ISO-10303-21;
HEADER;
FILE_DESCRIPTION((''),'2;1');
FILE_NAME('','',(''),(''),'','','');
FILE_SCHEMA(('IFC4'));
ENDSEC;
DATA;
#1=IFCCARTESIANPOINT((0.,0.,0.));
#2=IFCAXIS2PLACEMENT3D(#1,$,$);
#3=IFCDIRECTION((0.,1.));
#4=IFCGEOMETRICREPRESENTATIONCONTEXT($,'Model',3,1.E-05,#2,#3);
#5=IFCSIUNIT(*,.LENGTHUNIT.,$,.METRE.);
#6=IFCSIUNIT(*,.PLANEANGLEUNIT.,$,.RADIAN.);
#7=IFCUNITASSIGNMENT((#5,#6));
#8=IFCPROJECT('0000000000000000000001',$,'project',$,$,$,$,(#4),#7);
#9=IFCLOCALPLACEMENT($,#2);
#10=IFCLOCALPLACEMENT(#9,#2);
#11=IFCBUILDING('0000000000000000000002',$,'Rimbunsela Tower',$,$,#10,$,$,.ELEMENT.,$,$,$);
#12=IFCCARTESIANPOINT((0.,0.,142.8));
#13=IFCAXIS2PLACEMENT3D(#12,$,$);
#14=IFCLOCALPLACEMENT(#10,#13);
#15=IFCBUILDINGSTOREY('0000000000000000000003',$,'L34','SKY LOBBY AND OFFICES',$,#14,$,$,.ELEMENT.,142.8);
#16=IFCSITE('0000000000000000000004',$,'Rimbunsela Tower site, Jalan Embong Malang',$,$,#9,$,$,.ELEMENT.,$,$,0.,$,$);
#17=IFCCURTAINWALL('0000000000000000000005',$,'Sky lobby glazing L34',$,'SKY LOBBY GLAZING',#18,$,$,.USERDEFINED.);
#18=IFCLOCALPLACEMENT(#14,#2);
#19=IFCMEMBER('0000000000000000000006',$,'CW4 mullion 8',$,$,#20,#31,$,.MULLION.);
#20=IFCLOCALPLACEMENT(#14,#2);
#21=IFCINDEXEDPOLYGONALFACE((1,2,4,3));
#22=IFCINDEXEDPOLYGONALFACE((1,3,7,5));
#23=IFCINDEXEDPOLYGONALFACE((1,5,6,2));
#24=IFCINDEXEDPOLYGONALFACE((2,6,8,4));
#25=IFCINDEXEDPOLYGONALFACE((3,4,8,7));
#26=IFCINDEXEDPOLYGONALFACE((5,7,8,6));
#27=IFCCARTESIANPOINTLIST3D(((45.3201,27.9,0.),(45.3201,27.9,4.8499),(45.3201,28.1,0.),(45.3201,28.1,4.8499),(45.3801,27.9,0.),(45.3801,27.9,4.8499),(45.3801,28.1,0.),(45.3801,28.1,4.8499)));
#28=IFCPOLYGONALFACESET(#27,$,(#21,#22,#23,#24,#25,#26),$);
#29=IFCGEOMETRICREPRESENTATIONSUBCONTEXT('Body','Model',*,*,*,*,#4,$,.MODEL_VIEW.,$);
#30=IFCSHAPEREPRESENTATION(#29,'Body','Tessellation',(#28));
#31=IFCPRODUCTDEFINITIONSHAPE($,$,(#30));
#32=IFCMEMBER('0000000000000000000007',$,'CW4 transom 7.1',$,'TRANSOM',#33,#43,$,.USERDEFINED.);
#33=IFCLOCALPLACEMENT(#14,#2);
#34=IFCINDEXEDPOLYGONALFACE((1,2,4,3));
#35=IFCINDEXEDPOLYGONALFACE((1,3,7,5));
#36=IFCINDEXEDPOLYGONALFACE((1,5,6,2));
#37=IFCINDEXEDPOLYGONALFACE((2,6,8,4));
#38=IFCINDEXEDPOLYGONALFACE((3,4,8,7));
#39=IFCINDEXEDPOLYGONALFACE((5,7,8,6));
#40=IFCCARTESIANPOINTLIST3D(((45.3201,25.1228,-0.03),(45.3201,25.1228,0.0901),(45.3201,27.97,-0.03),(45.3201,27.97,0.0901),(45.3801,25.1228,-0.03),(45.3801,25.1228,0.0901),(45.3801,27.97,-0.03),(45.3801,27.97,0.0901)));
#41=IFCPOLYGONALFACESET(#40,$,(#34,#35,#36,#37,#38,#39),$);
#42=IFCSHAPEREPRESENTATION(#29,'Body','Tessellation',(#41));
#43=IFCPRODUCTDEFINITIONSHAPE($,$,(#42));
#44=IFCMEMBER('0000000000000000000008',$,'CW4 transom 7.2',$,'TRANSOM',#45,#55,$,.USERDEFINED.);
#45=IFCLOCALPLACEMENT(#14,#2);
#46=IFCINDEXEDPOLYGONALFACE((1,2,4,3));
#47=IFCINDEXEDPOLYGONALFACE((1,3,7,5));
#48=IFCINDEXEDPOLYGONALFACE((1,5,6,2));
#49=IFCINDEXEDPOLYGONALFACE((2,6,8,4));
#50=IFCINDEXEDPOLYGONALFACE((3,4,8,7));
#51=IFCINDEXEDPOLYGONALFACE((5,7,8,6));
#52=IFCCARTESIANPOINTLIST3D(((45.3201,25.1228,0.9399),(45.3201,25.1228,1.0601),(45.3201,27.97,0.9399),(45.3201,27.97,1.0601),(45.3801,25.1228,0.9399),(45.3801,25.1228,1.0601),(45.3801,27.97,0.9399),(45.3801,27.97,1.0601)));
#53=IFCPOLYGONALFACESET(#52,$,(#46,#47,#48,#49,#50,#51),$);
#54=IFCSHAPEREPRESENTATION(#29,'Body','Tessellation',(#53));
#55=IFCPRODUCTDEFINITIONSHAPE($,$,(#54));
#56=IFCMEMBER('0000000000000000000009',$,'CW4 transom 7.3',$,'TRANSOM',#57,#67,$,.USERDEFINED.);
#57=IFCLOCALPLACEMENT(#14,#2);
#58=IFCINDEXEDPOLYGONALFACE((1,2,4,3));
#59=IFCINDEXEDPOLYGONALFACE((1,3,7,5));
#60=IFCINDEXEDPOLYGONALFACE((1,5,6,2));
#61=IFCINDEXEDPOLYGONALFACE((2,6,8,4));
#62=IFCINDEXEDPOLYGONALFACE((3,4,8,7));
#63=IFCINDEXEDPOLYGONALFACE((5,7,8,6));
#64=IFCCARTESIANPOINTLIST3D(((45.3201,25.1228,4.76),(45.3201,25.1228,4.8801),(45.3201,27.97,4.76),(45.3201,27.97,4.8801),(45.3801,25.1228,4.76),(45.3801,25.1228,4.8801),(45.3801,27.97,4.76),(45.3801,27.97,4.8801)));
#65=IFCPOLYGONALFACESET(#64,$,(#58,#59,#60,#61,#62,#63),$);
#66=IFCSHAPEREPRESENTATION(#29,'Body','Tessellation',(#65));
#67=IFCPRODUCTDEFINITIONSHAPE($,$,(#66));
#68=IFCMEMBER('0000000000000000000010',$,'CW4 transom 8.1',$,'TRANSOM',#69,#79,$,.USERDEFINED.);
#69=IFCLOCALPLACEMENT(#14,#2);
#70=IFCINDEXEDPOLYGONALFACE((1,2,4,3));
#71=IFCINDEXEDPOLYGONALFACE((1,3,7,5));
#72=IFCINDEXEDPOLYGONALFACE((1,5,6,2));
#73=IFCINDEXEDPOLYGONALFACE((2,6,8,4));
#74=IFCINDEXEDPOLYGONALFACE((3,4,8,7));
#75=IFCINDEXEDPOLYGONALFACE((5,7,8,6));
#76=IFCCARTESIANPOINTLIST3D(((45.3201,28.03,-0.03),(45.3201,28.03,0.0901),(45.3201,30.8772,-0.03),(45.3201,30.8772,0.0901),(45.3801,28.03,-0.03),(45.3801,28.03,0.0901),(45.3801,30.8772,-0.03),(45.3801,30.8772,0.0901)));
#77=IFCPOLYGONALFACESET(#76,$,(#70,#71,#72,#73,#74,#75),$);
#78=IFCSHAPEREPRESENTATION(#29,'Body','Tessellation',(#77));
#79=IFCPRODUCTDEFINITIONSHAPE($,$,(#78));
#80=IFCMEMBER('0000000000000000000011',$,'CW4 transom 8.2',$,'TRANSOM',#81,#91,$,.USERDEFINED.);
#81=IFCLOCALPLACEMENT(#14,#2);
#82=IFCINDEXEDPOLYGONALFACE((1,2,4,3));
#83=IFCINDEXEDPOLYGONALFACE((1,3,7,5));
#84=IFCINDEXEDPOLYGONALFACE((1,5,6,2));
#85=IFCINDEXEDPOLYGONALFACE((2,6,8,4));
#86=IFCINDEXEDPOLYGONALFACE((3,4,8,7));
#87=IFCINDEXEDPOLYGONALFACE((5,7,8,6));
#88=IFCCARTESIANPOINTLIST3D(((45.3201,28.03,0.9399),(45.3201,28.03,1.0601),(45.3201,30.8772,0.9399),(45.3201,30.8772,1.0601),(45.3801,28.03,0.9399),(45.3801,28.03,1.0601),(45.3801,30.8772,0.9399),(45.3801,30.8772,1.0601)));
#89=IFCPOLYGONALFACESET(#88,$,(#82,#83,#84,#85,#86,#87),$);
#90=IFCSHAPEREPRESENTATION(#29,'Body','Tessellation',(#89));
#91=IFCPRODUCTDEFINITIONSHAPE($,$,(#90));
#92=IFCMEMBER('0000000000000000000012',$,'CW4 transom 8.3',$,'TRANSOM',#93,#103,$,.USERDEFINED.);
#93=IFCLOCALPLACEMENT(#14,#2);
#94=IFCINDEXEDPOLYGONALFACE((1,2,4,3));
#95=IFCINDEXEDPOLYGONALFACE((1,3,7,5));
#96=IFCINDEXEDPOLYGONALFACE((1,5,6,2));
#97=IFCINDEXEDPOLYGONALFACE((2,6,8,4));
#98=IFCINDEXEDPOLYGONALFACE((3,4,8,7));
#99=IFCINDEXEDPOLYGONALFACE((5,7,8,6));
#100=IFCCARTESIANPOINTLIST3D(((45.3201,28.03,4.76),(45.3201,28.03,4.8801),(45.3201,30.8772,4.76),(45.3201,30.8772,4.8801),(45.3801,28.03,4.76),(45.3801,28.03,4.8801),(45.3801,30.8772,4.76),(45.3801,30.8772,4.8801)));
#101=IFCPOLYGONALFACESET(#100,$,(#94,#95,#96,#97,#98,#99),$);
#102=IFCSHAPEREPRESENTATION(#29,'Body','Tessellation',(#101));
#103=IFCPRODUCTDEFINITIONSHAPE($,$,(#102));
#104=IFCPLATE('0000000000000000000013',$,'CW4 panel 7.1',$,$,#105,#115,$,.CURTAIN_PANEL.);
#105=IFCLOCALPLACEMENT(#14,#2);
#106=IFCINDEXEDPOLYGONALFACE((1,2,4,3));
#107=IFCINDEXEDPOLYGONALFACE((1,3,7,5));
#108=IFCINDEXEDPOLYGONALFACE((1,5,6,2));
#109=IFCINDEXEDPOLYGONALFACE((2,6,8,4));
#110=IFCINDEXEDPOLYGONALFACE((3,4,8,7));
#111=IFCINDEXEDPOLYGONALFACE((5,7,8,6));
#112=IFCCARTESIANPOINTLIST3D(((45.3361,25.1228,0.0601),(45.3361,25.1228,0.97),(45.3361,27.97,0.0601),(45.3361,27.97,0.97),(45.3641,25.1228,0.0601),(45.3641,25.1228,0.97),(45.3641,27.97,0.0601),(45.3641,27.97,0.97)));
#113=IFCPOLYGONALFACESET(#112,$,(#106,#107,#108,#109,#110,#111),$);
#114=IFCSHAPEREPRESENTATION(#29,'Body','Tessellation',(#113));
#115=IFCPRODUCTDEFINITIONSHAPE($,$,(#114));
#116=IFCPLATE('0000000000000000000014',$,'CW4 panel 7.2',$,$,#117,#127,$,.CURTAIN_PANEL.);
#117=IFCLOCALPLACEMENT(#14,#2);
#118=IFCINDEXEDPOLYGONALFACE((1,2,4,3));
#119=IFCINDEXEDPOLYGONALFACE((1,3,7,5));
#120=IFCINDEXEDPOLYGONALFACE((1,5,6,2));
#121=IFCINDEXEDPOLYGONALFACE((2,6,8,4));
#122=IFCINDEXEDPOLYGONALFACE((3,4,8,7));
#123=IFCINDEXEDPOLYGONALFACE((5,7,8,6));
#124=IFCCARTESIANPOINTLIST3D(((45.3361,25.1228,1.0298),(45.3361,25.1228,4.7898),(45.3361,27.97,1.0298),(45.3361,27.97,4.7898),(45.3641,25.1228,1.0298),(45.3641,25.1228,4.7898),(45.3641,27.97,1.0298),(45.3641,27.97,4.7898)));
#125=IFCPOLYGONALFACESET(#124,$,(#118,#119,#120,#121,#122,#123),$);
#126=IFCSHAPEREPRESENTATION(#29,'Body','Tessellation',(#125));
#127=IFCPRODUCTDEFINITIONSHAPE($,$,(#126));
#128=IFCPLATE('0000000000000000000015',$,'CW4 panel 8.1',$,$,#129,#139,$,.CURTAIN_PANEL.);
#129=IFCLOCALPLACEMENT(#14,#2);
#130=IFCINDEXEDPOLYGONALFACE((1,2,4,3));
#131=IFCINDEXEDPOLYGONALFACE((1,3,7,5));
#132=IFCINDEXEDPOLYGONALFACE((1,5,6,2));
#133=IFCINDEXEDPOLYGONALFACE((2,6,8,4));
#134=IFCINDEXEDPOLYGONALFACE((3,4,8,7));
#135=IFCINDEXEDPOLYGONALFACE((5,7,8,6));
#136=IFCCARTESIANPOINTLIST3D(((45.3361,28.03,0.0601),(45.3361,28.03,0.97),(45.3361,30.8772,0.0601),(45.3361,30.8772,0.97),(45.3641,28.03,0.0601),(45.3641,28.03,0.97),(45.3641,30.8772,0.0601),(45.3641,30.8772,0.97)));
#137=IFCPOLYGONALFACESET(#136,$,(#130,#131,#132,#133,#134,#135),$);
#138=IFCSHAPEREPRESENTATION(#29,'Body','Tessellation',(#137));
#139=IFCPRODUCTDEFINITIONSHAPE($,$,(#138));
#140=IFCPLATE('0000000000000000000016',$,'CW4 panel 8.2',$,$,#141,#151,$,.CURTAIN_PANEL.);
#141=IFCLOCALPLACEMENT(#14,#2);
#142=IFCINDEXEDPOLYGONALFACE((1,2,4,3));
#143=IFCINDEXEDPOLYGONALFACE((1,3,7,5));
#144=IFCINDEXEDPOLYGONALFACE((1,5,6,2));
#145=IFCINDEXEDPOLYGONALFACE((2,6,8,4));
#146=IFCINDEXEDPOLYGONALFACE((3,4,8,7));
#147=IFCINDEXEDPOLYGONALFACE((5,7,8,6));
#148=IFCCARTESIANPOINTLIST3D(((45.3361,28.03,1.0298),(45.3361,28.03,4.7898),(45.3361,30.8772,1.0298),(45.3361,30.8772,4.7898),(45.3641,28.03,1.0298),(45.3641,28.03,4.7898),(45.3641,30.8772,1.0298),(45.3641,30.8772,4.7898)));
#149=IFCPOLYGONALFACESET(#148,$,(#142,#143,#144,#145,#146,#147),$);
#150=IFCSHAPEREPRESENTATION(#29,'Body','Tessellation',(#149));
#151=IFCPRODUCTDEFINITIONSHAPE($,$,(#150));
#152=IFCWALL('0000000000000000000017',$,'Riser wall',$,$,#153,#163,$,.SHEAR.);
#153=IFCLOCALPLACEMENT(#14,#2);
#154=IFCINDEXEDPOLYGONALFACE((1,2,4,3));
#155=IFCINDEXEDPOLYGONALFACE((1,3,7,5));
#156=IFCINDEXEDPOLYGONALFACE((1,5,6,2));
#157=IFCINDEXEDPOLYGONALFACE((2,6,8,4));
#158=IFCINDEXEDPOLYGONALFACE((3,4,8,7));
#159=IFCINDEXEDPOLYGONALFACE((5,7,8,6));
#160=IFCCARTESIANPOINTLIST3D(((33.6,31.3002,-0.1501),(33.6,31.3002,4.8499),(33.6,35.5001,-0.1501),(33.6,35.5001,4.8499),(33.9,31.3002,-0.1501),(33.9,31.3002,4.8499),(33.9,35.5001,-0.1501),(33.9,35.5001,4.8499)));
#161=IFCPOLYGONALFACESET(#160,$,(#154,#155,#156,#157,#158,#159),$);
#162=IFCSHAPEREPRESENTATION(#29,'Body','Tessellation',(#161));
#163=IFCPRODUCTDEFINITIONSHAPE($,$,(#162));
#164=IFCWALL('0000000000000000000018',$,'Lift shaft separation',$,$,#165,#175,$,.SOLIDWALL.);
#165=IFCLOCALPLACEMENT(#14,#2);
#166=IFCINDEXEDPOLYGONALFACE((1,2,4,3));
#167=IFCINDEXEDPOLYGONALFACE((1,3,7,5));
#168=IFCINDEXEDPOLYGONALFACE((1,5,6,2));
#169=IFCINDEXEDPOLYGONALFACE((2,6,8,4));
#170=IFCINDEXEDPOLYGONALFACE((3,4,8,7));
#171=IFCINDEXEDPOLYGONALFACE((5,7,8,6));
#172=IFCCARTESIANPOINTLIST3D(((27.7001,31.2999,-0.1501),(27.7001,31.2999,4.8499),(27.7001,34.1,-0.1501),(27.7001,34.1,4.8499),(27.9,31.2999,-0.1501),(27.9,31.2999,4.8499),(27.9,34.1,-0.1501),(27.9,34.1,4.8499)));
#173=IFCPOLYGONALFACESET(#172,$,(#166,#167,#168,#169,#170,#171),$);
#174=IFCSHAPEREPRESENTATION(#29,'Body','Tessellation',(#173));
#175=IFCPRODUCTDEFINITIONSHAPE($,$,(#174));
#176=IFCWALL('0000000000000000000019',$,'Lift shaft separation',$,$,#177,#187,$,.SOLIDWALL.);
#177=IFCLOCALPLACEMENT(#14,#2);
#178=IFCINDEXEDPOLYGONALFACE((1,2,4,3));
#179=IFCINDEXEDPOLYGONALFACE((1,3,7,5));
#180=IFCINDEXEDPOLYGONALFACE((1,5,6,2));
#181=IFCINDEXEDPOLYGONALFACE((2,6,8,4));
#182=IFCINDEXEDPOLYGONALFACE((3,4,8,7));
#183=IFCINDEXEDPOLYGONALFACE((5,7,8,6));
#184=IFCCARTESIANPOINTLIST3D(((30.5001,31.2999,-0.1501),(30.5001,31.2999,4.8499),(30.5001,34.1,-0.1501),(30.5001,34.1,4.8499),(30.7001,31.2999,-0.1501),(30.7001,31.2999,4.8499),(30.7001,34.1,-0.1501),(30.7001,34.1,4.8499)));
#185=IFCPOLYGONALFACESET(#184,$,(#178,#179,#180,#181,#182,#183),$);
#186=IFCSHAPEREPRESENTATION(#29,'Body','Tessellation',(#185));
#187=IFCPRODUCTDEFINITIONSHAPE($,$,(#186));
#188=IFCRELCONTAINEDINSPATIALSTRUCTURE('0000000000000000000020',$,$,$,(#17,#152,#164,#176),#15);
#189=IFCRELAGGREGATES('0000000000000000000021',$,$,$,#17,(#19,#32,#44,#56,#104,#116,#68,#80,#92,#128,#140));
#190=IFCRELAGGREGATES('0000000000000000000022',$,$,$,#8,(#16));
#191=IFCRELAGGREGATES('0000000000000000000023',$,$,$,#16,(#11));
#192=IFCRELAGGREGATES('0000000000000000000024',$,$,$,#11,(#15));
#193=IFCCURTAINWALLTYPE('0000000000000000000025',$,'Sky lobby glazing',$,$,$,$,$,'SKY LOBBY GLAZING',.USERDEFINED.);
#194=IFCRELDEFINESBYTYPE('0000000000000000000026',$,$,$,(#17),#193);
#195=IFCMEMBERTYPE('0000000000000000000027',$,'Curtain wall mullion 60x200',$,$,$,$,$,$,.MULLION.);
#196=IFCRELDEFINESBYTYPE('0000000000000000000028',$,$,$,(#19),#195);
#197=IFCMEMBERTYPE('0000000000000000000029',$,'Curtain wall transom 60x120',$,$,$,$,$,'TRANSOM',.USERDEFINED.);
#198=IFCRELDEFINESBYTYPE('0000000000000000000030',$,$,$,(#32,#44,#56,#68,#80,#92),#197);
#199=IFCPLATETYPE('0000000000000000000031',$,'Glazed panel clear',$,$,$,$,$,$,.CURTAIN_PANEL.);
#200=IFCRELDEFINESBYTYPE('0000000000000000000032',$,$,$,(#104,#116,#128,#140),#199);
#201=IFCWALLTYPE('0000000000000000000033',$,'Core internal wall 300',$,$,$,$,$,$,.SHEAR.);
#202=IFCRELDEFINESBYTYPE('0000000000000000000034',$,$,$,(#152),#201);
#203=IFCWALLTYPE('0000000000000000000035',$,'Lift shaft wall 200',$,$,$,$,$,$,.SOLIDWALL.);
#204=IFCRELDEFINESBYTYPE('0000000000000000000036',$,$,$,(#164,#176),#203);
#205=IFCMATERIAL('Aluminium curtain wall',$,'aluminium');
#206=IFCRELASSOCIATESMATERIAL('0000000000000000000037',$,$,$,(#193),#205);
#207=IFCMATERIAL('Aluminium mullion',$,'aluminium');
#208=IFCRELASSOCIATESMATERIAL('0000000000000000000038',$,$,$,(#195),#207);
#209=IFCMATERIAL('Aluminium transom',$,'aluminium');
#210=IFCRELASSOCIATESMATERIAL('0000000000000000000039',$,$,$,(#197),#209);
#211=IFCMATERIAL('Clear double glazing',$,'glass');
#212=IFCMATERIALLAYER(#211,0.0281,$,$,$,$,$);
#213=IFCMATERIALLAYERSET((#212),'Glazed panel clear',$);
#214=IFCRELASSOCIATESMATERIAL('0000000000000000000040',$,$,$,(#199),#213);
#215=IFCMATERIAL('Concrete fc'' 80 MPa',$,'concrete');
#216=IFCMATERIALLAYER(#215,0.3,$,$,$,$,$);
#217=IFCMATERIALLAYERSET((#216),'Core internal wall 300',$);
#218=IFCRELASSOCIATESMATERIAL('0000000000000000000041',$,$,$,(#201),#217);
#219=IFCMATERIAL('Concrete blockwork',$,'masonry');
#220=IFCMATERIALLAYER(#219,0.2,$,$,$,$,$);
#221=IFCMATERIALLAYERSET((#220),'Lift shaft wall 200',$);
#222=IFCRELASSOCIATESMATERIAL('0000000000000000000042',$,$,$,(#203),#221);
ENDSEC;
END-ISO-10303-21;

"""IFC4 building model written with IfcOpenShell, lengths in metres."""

from ifc_helpers import new_model, si_unit, direction, frame, frame_2d, origin, origin_2d, place, context, subcontext, project, spatial, rectangle, extrude, material, layer, layer_set, material_profile, profile_set, type_object, element, aggregate, save


model = new_model("IFC4")

# Units and contexts
model_context = context("Model", 3, precision=1e-05, world=origin(), true_north=direction((0.0, 1.0)))
body_context = subcontext(model_context, "Body", "Model", "MODEL_VIEW")
ifc_project = project(units=[si_unit("LENGTHUNIT", "METRE"), si_unit("PLANEANGLEUNIT", "RADIAN")], contexts=[model_context])

# Site, building, storey
site_placement = place(None, origin())
site = spatial("IfcSite", under=ifc_project, at=site_placement, Name="Rimbunsela Tower site, Jalan Embong Malang", CompositionType="ELEMENT", RefElevation=0.0)
building_placement = place(site_placement, origin())
building = spatial("IfcBuilding", under=site, at=building_placement, Name="Rimbunsela Tower", CompositionType="ELEMENT")
storey_placement = place(building_placement, frame((0.0, 0.0, 142.8)))
storey = spatial("IfcBuildingStorey", under=building, at=storey_placement, Name="L34", Description="SKY LOBBY AND OFFICES", CompositionType="ELEMENT", Elevation=142.8)

# Curtain wall, members, plates
ifc_material_1 = material(Name="Aluminium curtain wall", Category="aluminium")
curtain_wall_type = type_object("IfcCurtainWallType", Name="Sky lobby glazing", ElementType="SKY LOBBY GLAZING", PredefinedType="USERDEFINED", material=ifc_material_1)
curtain_wall_placement = place(storey_placement, origin())
curtain_wall = element("IfcCurtainWall", 1, at=curtain_wall_placement, inside=storey, type_object=curtain_wall_type, Name="Sky lobby glazing L34", ObjectType="SKY LOBBY GLAZING", PredefinedType="USERDEFINED")
ifc_material_2 = material(Name="Aluminium mullion", Category="aluminium")
ifc_material_profile_1 = material_profile(ifc_material_2, rectangle(XDim=0.0601, YDim=0.2, at=origin_2d()), Name="Mullion 60x200")
ifc_profile_set_1 = profile_set([ifc_material_profile_1], Name="Aluminium mullion")
member_type_1 = type_object("IfcMemberType", Name="Curtain wall mullion 60x200", PredefinedType="MULLION", material=ifc_profile_set_1)
member_1_placement = place(storey_placement, frame((45.3501, 28.0, 0.0), z_axis=(0.0, 0.0, 1.0), x_axis=(-1.0, 0.0, 0.0)))
member_1 = element("IfcMember", 2, at=member_1_placement, type_object=member_type_1, Name="CW4 mullion 8", PredefinedType="MULLION", context=body_context, shape_type="SweptSolid", body=[
    extrude(rectangle(XDim=0.0601, YDim=0.2, at=origin_2d()), origin(), (0.0, 0.0, 1.0), 4.8499),
])
ifc_material_3 = material(Name="Aluminium transom", Category="aluminium")
ifc_material_profile_2 = material_profile(ifc_material_3, rectangle(XDim=0.0601, YDim=0.1201, at=origin_2d()), Name="Transom 60x120")
ifc_profile_set_2 = profile_set([ifc_material_profile_2], Name="Aluminium transom")
member_type_2 = type_object("IfcMemberType", Name="Curtain wall transom 60x120", ElementType="TRANSOM", PredefinedType="USERDEFINED", material=ifc_profile_set_2)
member_2_placement = place(storey_placement, frame((45.3501, 25.1228, 0.03), z_axis=(0.0, 1.0, 0.0), x_axis=(-1.0, 0.0, 0.0)))
member_2 = element("IfcMember", 3, at=member_2_placement, type_object=member_type_2, Name="CW4 transom 7.1", ObjectType="TRANSOM", PredefinedType="USERDEFINED", context=body_context, shape_type="SweptSolid", body=[
    extrude(rectangle(XDim=0.0601, YDim=0.1201, at=origin_2d()), origin(), (0.0, 0.0, 1.0), 2.8472),
])
member_3_placement = place(storey_placement, frame((45.3501, 25.1228, 1.0), z_axis=(0.0, 1.0, 0.0), x_axis=(-1.0, 0.0, 0.0)))
member_3 = element("IfcMember", 4, at=member_3_placement, type_object=member_type_2, Name="CW4 transom 7.2", ObjectType="TRANSOM", PredefinedType="USERDEFINED", context=body_context, shape_type="SweptSolid", body=[
    extrude(rectangle(XDim=0.0601, YDim=0.1201, at=origin_2d()), origin(), (0.0, 0.0, 1.0), 2.8472),
])
member_4_placement = place(storey_placement, frame((45.3501, 25.1228, 4.8201), z_axis=(0.0, 1.0, 0.0), x_axis=(-1.0, 0.0, 0.0)))
member_4 = element("IfcMember", 5, at=member_4_placement, type_object=member_type_2, Name="CW4 transom 7.3", ObjectType="TRANSOM", PredefinedType="USERDEFINED", context=body_context, shape_type="SweptSolid", body=[
    extrude(rectangle(XDim=0.0601, YDim=0.1201, at=origin_2d()), origin(), (0.0, 0.0, 1.0), 2.8472),
])
member_5_placement = place(storey_placement, frame((45.3501, 28.03, 0.03), z_axis=(0.0, 1.0, 0.0), x_axis=(-1.0, 0.0, 0.0)))
member_5 = element("IfcMember", 6, at=member_5_placement, type_object=member_type_2, Name="CW4 transom 8.1", ObjectType="TRANSOM", PredefinedType="USERDEFINED", context=body_context, shape_type="SweptSolid", body=[
    extrude(rectangle(XDim=0.0601, YDim=0.1201, at=origin_2d()), origin(), (0.0, 0.0, 1.0), 2.8472),
])
member_6_placement = place(storey_placement, frame((45.3501, 28.03, 1.0), z_axis=(0.0, 1.0, 0.0), x_axis=(-1.0, 0.0, 0.0)))
member_6 = element("IfcMember", 7, at=member_6_placement, type_object=member_type_2, Name="CW4 transom 8.2", ObjectType="TRANSOM", PredefinedType="USERDEFINED", context=body_context, shape_type="SweptSolid", body=[
    extrude(rectangle(XDim=0.0601, YDim=0.1201, at=origin_2d()), origin(), (0.0, 0.0, 1.0), 2.8472),
])
member_7_placement = place(storey_placement, frame((45.3501, 28.03, 4.8201), z_axis=(0.0, 1.0, 0.0), x_axis=(-1.0, 0.0, 0.0)))
member_7 = element("IfcMember", 8, at=member_7_placement, type_object=member_type_2, Name="CW4 transom 8.3", ObjectType="TRANSOM", PredefinedType="USERDEFINED", context=body_context, shape_type="SweptSolid", body=[
    extrude(rectangle(XDim=0.0601, YDim=0.1201, at=origin_2d()), origin(), (0.0, 0.0, 1.0), 2.8472),
])
ifc_material_4 = material(Name="Clear double glazing", Category="glass")
ifc_layer_1 = layer(ifc_material_4, 0.0281)
ifc_layer_set_1 = layer_set([ifc_layer_1], Name="Glazed panel clear")
plate_type = type_object("IfcPlateType", Name="Glazed panel clear", PredefinedType="CURTAIN_PANEL", material=ifc_layer_set_1)
plate_1_placement = place(storey_placement, frame((45.3501, 26.5464, 0.0601), z_axis=(0.0, 0.0, 1.0), x_axis=(0.0, 1.0, 0.0)))
plate_1 = element("IfcPlate", 9, at=plate_1_placement, type_object=plate_type, Name="CW4 panel 7.1", PredefinedType="CURTAIN_PANEL", context=body_context, shape_type="SweptSolid", body=[
    extrude(rectangle(XDim=2.8472, YDim=0.0281, at=origin_2d()), origin(), (0.0, 0.0, 1.0), 0.9099),
])
plate_2_placement = place(storey_placement, frame((45.3501, 26.5464, 1.0298), z_axis=(0.0, 0.0, 1.0), x_axis=(0.0, 1.0, 0.0)))
plate_2 = element("IfcPlate", 10, at=plate_2_placement, type_object=plate_type, Name="CW4 panel 7.2", PredefinedType="CURTAIN_PANEL", context=body_context, shape_type="SweptSolid", body=[
    extrude(rectangle(XDim=2.8472, YDim=0.0281, at=origin_2d()), origin(), (0.0, 0.0, 1.0), 3.76),
])
plate_3_placement = place(storey_placement, frame((45.3501, 29.4536, 0.0601), z_axis=(0.0, 0.0, 1.0), x_axis=(0.0, 1.0, 0.0)))
plate_3 = element("IfcPlate", 11, at=plate_3_placement, type_object=plate_type, Name="CW4 panel 8.1", PredefinedType="CURTAIN_PANEL", context=body_context, shape_type="SweptSolid", body=[
    extrude(rectangle(XDim=2.8472, YDim=0.0281, at=origin_2d()), origin(), (0.0, 0.0, 1.0), 0.9099),
])
plate_4_placement = place(storey_placement, frame((45.3501, 29.4536, 1.0298), z_axis=(0.0, 0.0, 1.0), x_axis=(0.0, 1.0, 0.0)))
plate_4 = element("IfcPlate", 12, at=plate_4_placement, type_object=plate_type, Name="CW4 panel 8.2", PredefinedType="CURTAIN_PANEL", context=body_context, shape_type="SweptSolid", body=[
    extrude(rectangle(XDim=2.8472, YDim=0.0281, at=origin_2d()), origin(), (0.0, 0.0, 1.0), 3.76),
])
aggregate(curtain_wall, [member_1, member_2, member_3, member_4, plate_1, plate_2, member_5, member_6, member_7, plate_3, plate_4])

# Walls
ifc_material_5 = material(Name="Concrete fc' 80 MPa", Category="concrete")
ifc_layer_2 = layer(ifc_material_5, 0.3)
ifc_layer_set_2 = layer_set([ifc_layer_2], Name="Core internal wall 300")
wall_type_1 = type_object("IfcWallType", Name="Core internal wall 300", PredefinedType="SHEAR", material=ifc_layer_set_2)
wall_1_placement = place(storey_placement, frame((33.75, 31.3, -0.1501), z_axis=(0.0, 0.0, 1.0), x_axis=(0.0, 1.0, 0.0)))
element("IfcWall", 13, at=wall_1_placement, inside=storey, type_object=wall_type_1, Name="Riser wall", PredefinedType="SHEAR", context=body_context, shape_type="SweptSolid", body=[
    extrude(rectangle(XDim=4.2, YDim=0.3, at=frame_2d((2.1001, 0.0))), origin(), (0.0, 0.0, 1.0), 5.0),
])
ifc_material_6 = material(Name="Concrete blockwork", Category="masonry")
ifc_layer_3 = layer(ifc_material_6, 0.2)
ifc_layer_set_3 = layer_set([ifc_layer_3], Name="Lift shaft wall 200")
wall_type_2 = type_object("IfcWallType", Name="Lift shaft wall 200", PredefinedType="SOLIDWALL", material=ifc_layer_set_3)
for number, where, z_axis, x_axis, name in (
    (14, (27.8, 31.3, -0.1501), (0.0, 0.0, 1.0), (0.0, 1.0, 0.0), "Lift shaft separation"),
    (15, (30.6001, 31.3, -0.1501), (0.0, 0.0, 1.0), (0.0, 1.0, 0.0), "Lift shaft separation"),
):
    element("IfcWall", number, at=place(storey_placement, frame(where, z_axis=z_axis, x_axis=x_axis)), inside=storey, type_object=wall_type_2, Name=name, PredefinedType="SOLIDWALL", context=body_context, shape_type="SweptSolid", body=[
        extrude(rectangle(XDim=2.8, YDim=0.2, at=frame_2d((1.3999, 0.0))), origin(), (0.0, 0.0, 1.0), 5.0),
    ])

save(model, "model.ifc")
